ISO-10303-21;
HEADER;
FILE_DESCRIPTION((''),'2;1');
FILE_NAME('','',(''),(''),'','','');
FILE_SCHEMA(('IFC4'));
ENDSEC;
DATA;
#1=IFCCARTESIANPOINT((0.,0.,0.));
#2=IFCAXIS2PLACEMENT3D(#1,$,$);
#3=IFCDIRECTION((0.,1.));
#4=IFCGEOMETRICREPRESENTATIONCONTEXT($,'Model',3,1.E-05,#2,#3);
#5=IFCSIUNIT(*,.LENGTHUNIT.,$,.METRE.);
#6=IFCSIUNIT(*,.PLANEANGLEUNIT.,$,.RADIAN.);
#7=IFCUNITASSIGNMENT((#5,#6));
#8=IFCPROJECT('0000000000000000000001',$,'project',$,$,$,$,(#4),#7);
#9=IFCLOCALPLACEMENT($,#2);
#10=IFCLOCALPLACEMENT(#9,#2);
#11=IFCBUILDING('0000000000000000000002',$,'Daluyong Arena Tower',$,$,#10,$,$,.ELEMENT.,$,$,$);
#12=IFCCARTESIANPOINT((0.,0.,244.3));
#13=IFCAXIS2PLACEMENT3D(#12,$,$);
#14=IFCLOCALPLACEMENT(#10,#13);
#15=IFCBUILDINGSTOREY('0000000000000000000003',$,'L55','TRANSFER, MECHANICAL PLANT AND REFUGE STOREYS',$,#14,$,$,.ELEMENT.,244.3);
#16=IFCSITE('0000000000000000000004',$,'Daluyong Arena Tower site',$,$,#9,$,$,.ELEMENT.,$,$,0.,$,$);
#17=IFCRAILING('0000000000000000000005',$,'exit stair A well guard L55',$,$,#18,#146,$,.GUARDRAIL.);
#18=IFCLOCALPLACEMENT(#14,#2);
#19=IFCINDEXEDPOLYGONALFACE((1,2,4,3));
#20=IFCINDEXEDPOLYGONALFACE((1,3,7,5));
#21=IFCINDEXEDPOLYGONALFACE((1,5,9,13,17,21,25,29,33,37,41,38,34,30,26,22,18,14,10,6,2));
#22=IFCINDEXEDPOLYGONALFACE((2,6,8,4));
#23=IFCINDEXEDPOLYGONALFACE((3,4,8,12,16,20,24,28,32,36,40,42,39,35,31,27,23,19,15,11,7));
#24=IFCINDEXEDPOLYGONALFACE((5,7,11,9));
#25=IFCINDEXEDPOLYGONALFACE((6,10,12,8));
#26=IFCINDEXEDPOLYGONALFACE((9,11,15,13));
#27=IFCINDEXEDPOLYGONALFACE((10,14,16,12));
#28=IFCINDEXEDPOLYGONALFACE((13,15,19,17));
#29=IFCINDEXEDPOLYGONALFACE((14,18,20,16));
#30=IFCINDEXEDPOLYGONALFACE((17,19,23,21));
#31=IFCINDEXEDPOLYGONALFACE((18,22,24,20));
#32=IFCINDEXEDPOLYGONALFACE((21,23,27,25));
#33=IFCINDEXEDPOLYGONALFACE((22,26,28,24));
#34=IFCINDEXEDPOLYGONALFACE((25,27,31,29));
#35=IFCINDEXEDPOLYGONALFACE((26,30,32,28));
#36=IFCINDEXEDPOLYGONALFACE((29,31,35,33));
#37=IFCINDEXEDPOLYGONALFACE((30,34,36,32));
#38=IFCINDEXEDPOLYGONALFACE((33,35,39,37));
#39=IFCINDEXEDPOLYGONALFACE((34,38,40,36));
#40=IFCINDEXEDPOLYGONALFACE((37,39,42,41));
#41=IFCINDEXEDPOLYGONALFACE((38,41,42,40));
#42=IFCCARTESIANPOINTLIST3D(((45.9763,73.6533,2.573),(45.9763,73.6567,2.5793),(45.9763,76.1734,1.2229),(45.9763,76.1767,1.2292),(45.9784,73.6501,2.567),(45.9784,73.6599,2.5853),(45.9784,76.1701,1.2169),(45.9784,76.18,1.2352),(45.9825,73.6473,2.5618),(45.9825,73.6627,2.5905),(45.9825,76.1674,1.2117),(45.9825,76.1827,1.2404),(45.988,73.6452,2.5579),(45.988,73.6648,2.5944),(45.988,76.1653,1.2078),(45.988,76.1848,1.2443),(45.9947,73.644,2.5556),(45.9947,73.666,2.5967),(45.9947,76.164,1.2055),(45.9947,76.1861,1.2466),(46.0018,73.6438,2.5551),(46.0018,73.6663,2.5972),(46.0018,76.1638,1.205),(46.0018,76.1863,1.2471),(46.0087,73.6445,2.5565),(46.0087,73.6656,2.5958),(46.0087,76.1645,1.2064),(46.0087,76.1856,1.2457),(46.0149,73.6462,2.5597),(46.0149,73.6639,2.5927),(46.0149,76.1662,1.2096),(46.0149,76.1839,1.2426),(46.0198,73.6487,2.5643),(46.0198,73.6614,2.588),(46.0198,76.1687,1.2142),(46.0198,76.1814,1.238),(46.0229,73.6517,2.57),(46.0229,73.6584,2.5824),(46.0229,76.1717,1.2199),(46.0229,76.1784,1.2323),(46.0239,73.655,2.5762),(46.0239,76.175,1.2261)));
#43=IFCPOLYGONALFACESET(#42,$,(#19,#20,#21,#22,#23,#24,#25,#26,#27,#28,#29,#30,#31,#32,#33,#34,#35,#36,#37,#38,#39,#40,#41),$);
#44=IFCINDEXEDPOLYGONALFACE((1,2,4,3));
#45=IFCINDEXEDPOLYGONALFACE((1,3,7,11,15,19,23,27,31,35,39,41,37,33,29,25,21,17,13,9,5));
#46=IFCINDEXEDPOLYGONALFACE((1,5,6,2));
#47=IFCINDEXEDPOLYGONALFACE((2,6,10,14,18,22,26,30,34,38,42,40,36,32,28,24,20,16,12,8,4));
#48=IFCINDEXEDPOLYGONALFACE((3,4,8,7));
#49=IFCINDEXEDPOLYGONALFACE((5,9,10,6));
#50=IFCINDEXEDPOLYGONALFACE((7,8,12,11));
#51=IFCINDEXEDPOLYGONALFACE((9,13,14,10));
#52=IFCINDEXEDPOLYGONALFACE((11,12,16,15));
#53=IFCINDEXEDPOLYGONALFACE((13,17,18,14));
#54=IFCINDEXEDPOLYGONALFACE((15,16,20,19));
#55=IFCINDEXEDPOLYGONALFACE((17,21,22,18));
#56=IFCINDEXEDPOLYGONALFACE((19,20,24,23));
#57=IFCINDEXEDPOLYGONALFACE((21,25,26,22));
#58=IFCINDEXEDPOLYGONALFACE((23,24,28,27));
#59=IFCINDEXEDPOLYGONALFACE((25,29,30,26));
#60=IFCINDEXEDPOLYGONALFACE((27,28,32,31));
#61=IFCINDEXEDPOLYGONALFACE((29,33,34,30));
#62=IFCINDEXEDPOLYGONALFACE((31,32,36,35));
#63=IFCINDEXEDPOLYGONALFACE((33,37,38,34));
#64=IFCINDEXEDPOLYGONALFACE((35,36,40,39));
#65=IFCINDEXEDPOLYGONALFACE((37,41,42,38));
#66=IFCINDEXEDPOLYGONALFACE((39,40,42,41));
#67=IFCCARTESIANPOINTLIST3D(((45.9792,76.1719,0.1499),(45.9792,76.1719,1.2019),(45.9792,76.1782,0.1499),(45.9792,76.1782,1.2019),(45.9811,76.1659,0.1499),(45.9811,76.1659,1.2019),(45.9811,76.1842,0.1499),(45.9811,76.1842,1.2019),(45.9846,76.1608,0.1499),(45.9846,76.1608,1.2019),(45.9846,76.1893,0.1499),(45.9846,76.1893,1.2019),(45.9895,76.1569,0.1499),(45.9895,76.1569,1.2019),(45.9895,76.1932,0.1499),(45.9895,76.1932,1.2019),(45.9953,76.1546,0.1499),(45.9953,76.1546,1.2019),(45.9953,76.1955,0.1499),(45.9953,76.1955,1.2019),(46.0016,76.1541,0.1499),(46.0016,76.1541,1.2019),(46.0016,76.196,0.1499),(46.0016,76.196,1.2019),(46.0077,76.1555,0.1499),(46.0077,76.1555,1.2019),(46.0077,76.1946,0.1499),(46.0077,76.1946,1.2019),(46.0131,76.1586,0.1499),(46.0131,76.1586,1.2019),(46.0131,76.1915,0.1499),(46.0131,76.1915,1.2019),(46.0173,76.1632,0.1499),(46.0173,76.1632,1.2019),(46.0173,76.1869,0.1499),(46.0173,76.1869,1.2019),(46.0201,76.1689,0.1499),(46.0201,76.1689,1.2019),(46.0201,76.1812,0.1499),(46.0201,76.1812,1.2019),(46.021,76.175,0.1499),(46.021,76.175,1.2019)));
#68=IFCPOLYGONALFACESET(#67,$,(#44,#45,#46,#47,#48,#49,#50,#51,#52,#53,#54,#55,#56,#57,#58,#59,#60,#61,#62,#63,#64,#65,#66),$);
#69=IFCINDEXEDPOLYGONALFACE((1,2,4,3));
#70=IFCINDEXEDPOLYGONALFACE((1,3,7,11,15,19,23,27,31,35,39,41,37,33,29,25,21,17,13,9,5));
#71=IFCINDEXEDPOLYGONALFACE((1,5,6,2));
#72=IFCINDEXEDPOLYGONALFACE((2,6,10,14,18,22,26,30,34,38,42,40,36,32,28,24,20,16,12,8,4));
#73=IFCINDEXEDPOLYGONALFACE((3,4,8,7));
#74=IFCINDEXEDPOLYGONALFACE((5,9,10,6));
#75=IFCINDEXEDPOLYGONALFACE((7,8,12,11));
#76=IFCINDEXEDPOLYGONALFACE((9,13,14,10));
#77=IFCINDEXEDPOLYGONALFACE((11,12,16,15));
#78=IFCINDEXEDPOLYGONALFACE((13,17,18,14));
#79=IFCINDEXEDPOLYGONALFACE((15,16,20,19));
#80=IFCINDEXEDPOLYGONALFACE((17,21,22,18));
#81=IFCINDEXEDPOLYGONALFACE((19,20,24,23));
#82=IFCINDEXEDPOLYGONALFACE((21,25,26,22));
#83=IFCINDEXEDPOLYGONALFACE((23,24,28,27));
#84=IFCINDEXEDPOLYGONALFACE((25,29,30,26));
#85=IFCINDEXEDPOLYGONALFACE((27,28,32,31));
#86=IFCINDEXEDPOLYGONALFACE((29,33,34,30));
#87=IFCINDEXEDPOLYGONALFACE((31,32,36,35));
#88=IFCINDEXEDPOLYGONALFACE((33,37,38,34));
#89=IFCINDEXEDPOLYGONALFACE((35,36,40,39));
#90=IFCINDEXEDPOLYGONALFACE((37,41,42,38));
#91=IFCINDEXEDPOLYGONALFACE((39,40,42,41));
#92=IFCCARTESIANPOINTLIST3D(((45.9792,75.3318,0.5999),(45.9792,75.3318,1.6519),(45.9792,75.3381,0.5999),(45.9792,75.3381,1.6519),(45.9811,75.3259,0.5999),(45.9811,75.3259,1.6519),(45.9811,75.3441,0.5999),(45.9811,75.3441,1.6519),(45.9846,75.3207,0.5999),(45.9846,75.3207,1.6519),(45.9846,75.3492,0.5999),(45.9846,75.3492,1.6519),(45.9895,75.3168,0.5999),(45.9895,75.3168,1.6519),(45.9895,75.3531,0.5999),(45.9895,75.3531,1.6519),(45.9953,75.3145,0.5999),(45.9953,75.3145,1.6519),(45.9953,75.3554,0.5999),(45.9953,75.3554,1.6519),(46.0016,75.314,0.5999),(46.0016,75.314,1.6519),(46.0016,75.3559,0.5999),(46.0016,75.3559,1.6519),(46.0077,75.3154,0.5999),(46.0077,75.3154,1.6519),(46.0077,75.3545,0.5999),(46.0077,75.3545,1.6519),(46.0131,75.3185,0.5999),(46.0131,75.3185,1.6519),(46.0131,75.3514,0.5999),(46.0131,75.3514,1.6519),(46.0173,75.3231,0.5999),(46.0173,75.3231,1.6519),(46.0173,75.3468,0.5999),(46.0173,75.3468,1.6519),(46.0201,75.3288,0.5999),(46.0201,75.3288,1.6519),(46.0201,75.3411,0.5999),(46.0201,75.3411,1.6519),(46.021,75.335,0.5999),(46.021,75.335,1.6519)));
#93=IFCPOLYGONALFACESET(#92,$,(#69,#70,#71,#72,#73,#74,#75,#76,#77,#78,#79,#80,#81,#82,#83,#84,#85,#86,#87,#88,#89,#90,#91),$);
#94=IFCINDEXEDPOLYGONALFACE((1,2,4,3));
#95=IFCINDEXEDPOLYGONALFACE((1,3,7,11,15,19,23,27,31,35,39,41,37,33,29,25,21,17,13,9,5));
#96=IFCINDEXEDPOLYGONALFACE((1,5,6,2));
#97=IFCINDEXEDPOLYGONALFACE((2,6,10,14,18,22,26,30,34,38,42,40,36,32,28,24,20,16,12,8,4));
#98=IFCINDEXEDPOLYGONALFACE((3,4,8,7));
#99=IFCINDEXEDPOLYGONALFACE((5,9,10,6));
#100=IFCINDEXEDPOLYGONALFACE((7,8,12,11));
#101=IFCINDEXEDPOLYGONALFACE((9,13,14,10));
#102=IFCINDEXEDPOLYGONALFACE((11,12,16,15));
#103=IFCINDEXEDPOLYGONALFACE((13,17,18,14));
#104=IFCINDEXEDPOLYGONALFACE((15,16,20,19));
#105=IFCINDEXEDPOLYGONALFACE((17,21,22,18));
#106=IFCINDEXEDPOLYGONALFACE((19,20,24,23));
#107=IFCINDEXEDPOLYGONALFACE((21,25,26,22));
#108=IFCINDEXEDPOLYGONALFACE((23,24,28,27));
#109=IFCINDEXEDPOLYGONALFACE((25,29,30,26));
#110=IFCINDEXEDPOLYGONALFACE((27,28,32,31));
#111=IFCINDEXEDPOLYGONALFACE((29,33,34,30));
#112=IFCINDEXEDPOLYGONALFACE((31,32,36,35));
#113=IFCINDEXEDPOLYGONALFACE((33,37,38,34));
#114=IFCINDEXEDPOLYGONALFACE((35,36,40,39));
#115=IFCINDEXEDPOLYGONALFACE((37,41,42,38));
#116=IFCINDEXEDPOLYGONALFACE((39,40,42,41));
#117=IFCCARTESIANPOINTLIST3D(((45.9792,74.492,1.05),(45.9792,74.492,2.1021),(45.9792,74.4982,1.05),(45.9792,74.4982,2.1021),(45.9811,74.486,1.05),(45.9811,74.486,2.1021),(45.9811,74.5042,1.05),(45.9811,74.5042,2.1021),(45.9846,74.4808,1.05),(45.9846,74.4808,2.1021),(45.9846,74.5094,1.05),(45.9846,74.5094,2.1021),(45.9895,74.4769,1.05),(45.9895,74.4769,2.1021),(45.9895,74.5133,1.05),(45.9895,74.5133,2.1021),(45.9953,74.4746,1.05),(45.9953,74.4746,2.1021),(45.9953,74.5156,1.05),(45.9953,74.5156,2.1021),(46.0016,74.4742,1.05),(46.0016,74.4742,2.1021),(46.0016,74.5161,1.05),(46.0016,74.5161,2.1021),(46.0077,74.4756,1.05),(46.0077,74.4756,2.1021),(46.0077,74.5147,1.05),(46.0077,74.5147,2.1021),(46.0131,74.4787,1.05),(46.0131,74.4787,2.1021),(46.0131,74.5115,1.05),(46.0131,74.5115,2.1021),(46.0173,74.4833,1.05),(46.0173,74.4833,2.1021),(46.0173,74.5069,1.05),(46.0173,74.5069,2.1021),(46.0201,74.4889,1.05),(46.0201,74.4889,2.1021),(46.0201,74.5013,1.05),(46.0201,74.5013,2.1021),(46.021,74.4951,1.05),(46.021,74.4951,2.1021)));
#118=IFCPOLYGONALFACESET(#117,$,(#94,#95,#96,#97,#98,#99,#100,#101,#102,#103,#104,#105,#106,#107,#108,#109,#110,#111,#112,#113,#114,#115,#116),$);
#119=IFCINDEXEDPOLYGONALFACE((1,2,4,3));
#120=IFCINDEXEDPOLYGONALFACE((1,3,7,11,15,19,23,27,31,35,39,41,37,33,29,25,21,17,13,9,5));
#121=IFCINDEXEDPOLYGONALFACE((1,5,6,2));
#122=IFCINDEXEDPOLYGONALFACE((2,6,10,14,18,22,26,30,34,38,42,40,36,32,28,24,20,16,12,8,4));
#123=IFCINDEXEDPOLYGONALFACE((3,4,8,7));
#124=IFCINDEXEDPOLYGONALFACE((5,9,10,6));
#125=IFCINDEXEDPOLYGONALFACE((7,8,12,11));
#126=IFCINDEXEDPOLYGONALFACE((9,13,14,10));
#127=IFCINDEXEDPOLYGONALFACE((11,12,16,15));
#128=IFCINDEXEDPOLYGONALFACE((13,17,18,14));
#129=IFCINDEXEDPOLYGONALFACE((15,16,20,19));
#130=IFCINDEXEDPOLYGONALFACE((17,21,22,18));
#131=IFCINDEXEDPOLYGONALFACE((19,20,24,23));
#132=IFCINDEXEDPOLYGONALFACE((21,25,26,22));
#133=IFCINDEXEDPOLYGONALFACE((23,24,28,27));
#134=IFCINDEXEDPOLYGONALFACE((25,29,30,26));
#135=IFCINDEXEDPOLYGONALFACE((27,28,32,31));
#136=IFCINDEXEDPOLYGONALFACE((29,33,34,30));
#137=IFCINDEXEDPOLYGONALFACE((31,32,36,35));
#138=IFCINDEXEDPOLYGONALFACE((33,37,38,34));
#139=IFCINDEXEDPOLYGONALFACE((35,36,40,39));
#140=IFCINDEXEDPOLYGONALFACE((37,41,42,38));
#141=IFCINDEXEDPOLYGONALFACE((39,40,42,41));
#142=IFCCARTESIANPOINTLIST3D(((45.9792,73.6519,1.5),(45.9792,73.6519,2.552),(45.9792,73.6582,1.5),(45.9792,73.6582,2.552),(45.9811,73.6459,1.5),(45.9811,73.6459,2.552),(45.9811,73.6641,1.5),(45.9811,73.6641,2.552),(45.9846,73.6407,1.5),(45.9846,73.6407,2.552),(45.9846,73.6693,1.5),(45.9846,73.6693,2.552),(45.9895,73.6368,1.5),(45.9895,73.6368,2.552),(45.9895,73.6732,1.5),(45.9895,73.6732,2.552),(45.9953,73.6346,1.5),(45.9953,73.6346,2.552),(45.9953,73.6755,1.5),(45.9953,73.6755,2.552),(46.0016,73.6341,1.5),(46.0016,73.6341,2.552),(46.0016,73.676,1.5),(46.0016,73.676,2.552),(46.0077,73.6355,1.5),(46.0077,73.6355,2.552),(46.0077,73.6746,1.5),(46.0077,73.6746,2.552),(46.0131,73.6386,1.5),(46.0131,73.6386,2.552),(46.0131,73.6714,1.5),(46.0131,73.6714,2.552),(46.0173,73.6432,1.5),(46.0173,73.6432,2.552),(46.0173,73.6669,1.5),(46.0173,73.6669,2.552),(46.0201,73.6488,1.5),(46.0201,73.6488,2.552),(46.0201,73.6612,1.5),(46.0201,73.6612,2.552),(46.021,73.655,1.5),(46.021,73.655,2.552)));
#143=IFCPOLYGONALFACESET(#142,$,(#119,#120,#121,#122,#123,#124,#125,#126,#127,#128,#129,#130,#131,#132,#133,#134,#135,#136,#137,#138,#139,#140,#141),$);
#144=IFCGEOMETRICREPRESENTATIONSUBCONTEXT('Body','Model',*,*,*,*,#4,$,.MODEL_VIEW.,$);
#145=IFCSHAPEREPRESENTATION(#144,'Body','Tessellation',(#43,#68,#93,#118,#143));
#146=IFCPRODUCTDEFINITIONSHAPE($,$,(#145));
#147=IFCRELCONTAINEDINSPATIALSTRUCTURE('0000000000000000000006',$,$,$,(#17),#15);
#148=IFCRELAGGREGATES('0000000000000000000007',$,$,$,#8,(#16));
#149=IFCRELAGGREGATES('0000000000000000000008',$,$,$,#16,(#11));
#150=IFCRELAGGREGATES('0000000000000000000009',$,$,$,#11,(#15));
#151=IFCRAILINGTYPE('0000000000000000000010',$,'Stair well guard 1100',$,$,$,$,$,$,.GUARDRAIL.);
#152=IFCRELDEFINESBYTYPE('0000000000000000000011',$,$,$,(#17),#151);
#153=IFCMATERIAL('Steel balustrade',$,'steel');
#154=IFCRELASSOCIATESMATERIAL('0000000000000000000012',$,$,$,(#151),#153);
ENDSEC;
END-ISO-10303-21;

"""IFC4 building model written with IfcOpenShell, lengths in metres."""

from ifc_helpers import new_model, si_unit, direction, frame, origin, origin_2d, place, context, subcontext, project, spatial, circle, extrude, material, type_object, element, save


model = new_model("IFC4")

# Units and contexts
model_context = context("Model", 3, precision=1e-05, world=origin(), true_north=direction((0.0, 1.0)))
body_context = subcontext(model_context, "Body", "Model", "MODEL_VIEW")
ifc_project = project(units=[si_unit("LENGTHUNIT", "METRE"), si_unit("PLANEANGLEUNIT", "RADIAN")], contexts=[model_context])

# Site, building, storey
site_placement = place(None, origin())
site = spatial("IfcSite", under=ifc_project, at=site_placement, Name="Daluyong Arena Tower site", CompositionType="ELEMENT", RefElevation=0.0)
building_placement = place(site_placement, origin())
building = spatial("IfcBuilding", under=site, at=building_placement, Name="Daluyong Arena Tower", CompositionType="ELEMENT")
storey_placement = place(building_placement, frame((0.0, 0.0, 244.3)))
storey = spatial("IfcBuildingStorey", under=building, at=storey_placement, Name="L55", Description="TRANSFER, MECHANICAL PLANT AND REFUGE STOREYS", CompositionType="ELEMENT", Elevation=244.3)

# Railing
ifc_material_1 = material(Name="Steel balustrade", Category="steel")
railing_type_1 = type_object("IfcRailingType", Name="Stair well guard 1100", PredefinedType="GUARDRAIL", material=ifc_material_1)
railing_1_placement = place(storey_placement, frame((46.0, 76.175, 0.1499)))
element("IfcRailing", 1, at=railing_1_placement, inside=storey, type_object=railing_type_1, Name="exit stair A well guard L55", PredefinedType="GUARDRAIL", context=body_context, shape_type="SweptSolid", body=[
    extrude(circle(Radius=0.0239, at=origin_2d()), frame((0.0, 0.0, 1.0762), z_axis=(0.0, -0.881467, 0.472245), x_axis=(1.0, 0.0, 0.0)), (0.0, 0.0, 1.0), 2.8589),
    extrude(circle(Radius=0.021, at=origin_2d()), origin(), (0.0, 0.0, 1.0), 1.052),
    extrude(circle(Radius=0.021, at=origin_2d()), frame((0.0, -0.8401, 0.45)), (0.0, 0.0, 1.0), 1.052),
    extrude(circle(Radius=0.021, at=origin_2d()), frame((0.0, -1.6799, 0.9001)), (0.0, 0.0, 1.0), 1.052),
    extrude(circle(Radius=0.021, at=origin_2d()), frame((0.0, -2.52, 1.3501)), (0.0, 0.0, 1.0), 1.052),
])

save(model, "model.ifc")
